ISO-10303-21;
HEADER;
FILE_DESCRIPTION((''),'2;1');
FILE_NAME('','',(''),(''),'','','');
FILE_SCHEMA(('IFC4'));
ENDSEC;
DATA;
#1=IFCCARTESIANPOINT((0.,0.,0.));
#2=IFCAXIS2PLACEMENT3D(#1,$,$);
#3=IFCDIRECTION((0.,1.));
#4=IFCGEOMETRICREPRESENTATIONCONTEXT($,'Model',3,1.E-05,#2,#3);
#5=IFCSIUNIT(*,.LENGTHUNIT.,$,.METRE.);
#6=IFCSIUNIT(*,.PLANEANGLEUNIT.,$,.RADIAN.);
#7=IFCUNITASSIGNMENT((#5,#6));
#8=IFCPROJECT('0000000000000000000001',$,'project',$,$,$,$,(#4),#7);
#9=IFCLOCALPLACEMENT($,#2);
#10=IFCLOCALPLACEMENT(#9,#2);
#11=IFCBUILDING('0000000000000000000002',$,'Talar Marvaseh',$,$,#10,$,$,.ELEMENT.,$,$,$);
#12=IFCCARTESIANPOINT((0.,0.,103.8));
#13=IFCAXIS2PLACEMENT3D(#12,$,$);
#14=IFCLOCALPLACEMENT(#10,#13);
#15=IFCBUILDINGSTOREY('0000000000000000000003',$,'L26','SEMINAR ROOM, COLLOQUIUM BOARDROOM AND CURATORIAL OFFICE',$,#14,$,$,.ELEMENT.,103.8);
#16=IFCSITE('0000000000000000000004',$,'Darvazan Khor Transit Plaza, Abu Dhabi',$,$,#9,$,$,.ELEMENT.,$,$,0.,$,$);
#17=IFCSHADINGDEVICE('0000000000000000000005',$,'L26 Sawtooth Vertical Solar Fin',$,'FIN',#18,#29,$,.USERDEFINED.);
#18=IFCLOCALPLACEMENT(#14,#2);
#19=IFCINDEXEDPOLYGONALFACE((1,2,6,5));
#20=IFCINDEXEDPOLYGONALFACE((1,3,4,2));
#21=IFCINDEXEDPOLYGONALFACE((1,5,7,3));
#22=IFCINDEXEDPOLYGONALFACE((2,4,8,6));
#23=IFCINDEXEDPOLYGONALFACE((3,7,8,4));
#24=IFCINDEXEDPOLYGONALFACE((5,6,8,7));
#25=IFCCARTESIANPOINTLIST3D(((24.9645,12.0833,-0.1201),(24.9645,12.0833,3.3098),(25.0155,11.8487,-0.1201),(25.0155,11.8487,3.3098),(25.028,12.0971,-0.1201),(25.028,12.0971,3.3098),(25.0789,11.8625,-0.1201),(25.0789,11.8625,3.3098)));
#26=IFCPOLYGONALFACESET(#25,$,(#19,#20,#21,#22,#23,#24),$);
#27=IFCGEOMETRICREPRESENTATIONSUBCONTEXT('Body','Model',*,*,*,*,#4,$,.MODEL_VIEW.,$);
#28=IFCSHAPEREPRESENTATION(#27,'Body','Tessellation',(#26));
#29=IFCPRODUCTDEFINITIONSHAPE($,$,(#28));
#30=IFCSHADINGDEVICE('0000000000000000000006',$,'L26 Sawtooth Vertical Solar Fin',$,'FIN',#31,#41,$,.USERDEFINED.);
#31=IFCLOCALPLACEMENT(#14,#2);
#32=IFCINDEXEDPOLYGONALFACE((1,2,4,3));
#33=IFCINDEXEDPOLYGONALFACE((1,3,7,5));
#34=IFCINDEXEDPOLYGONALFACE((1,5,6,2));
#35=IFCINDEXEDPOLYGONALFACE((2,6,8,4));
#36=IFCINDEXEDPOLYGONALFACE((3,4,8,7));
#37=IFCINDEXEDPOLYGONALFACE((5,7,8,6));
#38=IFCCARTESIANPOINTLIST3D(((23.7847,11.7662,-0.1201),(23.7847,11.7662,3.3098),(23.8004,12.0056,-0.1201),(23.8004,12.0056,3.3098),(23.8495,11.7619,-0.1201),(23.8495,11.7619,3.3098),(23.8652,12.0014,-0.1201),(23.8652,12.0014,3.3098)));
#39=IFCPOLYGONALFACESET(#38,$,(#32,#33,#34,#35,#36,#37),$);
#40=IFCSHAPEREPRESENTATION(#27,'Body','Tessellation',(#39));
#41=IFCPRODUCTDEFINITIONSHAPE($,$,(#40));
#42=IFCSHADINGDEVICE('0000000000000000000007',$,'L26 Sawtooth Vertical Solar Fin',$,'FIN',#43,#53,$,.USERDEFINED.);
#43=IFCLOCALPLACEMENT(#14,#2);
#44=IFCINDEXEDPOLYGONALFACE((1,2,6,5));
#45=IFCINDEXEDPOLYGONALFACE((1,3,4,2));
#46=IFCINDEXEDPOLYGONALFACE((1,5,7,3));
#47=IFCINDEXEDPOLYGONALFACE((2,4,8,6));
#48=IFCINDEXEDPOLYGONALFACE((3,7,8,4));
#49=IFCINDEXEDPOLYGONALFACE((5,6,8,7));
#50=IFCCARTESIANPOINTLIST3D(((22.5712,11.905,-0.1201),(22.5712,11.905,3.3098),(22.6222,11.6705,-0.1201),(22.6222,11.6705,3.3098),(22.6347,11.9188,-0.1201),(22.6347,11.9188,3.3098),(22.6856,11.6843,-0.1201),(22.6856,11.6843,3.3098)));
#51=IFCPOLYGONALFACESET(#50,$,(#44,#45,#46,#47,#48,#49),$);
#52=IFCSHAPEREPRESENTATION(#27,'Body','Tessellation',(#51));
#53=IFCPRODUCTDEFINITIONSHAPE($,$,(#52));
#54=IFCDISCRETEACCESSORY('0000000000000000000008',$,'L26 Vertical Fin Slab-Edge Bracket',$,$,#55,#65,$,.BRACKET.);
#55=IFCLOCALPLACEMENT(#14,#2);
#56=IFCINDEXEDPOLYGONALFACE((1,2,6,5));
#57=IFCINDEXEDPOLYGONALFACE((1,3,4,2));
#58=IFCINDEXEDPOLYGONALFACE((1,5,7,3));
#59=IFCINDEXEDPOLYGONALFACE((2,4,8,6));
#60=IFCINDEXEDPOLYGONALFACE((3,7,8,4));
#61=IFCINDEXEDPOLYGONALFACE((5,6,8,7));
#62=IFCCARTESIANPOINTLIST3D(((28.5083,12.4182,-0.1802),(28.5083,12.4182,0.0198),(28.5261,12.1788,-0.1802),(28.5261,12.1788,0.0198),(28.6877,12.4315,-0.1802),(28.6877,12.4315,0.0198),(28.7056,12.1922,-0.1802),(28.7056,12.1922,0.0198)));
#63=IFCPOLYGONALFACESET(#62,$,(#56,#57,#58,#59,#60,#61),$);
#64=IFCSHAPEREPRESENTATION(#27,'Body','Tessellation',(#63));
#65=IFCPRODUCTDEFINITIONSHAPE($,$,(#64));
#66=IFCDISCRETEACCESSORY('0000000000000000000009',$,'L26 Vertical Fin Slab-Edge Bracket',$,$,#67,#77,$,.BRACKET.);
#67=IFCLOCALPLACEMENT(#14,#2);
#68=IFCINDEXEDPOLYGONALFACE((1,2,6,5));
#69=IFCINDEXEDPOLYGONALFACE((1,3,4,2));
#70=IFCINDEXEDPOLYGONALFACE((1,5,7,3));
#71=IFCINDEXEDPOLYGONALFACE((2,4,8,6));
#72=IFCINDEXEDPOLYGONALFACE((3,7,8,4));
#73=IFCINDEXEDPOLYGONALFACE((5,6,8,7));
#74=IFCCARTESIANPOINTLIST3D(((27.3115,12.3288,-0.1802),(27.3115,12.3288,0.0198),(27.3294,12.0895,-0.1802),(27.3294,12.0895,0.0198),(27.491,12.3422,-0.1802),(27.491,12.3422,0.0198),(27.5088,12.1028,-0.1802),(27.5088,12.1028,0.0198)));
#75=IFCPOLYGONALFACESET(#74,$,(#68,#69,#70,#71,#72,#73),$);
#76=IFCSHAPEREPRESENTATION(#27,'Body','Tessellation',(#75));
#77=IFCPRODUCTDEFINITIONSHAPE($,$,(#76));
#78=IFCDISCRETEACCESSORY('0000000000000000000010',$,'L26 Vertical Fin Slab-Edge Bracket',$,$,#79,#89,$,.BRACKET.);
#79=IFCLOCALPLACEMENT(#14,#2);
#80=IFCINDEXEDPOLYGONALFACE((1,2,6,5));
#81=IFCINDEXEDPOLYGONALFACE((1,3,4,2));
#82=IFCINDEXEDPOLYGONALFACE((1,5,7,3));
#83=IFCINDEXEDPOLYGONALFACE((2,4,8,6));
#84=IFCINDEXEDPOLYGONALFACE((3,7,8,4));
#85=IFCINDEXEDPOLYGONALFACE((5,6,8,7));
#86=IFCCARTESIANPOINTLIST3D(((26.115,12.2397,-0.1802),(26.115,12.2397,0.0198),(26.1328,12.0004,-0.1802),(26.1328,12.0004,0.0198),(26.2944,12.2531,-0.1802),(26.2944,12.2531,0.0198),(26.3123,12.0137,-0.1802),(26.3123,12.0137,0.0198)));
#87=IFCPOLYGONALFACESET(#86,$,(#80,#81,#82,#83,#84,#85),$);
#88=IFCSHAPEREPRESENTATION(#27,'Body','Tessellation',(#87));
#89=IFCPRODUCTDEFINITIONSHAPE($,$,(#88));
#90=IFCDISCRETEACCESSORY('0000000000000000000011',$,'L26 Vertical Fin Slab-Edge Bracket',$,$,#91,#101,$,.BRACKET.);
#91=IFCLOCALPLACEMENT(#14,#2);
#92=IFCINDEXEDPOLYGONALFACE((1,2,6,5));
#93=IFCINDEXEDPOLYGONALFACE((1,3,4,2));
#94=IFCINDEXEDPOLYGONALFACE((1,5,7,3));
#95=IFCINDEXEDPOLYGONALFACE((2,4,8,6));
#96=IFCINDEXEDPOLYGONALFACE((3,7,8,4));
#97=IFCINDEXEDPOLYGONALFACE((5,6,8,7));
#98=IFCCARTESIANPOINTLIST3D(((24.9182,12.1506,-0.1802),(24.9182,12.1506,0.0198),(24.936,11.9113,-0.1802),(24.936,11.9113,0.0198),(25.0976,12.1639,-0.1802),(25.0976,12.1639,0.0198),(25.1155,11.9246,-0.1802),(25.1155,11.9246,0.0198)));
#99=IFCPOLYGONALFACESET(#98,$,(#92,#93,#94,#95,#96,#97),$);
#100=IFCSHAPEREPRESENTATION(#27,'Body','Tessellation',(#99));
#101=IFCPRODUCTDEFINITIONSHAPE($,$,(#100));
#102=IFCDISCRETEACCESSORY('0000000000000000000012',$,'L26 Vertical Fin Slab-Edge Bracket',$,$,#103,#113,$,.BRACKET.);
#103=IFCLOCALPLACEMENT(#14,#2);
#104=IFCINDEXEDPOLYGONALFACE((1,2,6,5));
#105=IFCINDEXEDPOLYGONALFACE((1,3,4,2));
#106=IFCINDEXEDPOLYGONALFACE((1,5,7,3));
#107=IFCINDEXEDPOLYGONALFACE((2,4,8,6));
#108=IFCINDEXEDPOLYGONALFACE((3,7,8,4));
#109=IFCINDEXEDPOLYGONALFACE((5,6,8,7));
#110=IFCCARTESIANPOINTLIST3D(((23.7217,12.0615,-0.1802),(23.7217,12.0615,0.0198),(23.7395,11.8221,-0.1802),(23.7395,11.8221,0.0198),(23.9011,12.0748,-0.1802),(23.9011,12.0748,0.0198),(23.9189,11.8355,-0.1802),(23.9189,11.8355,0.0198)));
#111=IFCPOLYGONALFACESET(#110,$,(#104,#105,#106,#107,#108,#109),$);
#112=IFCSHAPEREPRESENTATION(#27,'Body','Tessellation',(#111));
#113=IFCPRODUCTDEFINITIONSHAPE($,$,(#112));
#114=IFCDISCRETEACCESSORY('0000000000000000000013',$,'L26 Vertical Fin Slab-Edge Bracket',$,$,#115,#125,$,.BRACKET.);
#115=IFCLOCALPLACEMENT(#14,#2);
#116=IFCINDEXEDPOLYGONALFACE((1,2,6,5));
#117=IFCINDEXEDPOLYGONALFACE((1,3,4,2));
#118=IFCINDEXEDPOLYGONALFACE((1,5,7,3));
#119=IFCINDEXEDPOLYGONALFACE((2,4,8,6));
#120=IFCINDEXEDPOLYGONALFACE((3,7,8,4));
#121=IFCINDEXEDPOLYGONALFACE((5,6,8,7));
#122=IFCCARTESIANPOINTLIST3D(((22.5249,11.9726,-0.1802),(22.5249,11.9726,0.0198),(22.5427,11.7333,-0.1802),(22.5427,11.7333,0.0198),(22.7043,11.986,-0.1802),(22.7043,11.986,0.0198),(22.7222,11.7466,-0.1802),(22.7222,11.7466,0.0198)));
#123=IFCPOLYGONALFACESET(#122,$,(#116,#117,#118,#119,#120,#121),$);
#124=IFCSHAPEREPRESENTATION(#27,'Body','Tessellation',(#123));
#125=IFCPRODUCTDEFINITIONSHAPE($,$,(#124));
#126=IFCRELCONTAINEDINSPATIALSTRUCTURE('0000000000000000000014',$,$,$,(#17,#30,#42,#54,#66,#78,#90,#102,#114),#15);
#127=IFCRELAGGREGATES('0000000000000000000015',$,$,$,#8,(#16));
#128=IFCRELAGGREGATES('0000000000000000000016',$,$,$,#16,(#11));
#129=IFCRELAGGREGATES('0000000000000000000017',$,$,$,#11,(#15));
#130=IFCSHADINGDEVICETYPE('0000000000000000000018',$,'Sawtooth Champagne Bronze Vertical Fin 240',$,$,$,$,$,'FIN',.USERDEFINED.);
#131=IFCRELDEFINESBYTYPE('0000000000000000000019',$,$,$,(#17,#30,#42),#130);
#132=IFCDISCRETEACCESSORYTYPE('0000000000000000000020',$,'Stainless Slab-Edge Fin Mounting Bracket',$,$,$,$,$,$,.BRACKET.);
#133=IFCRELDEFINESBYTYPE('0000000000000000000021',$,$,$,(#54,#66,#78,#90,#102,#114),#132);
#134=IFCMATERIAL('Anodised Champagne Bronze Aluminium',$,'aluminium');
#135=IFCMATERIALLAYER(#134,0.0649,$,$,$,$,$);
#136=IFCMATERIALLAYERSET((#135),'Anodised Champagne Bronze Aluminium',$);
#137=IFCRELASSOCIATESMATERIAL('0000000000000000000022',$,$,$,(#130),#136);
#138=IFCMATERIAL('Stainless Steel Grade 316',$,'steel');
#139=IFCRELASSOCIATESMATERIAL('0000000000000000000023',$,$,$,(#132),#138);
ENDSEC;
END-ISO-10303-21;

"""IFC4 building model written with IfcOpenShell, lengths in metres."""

from ifc_helpers import new_model, si_unit, direction, frame, origin, origin_2d, place, context, subcontext, project, spatial, rectangle, extrude, source, transform, mapped, material, layer, layer_set, type_object, type_shapes, element, save


model = new_model("IFC4")

# Units and contexts
model_context = context("Model", 3, precision=1e-05, world=origin(), true_north=direction((0.0, 1.0)))
body_context = subcontext(model_context, "Body", "Model", "MODEL_VIEW")
ifc_project = project(units=[si_unit("LENGTHUNIT", "METRE"), si_unit("PLANEANGLEUNIT", "RADIAN")], contexts=[model_context])

# Site, building, storey
site_placement = place(None, origin())
site = spatial("IfcSite", under=ifc_project, at=site_placement, Name="Darvazan Khor Transit Plaza, Abu Dhabi", CompositionType="ELEMENT", RefElevation=0.0)
building_placement = place(site_placement, origin())
building = spatial("IfcBuilding", under=site, at=building_placement, Name="Talar Marvaseh", CompositionType="ELEMENT")
storey_placement = place(building_placement, frame((0.0, 0.0, 103.8)))
storey = spatial("IfcBuildingStorey", under=building, at=storey_placement, Name="L26", Description="SEMINAR ROOM, COLLOQUIUM BOARDROOM AND CURATORIAL OFFICE", CompositionType="ELEMENT", Elevation=103.8)

# Shading devices
ifc_material_1 = material(Name="Anodised Champagne Bronze Aluminium", Category="aluminium")
ifc_layer_1 = layer(ifc_material_1, 0.0649)
ifc_layer_set_1 = layer_set([ifc_layer_1], Name="Anodised Champagne Bronze Aluminium")
shading_device_type = type_object("IfcShadingDeviceType", Name="Sawtooth Champagne Bronze Vertical Fin 240", ElementType="FIN", PredefinedType="USERDEFINED", material=ifc_layer_set_1)
shared_shape_1 = source(origin(), body_context, "Body", "SweptSolid", [
    extrude(rectangle(XDim=0.24, YDim=0.0649, at=origin_2d()), origin(), (0.0, 0.0, 1.0), 3.4299),
])
type_shapes(shading_device_type, [shared_shape_1])
for number, where, z_axis, x_axis, name in (
    (1, (25.0217, 11.9729, -0.1201), (0.0, 0.0, 1.0), (0.212348, -0.977194, 0.0), "L26 Sawtooth Vertical Solar Fin"),
    (2, (23.825, 11.8838, -0.1201), (0.0, 0.0, 1.0), (-0.065229, -0.99787, 0.0), "L26 Sawtooth Vertical Solar Fin"),
    (3, (22.6284, 11.7947, -0.1201), (0.0, 0.0, 1.0), (0.212348, -0.977194, 0.0), "L26 Sawtooth Vertical Solar Fin"),
):
    element("IfcShadingDevice", number, at=place(storey_placement, frame(where, z_axis=z_axis, x_axis=x_axis)), inside=storey, type_object=shading_device_type, Name=name, ObjectType="FIN", PredefinedType="USERDEFINED", context=body_context, shape_type="MappedRepresentation", body=[
        mapped(shared_shape_1, transform((0.0, 0.0, 0.0), x_axis=(1.0, 0.0, 0.0), y_axis=(0.0, 1.0, 0.0), z_axis=(0.0, 0.0, 1.0), scale=1.0)),
    ])

# Discrete accessories
ifc_material_2 = material(Name="Stainless Steel Grade 316", Category="steel")
discrete_accessory_type = type_object("IfcDiscreteAccessoryType", Name="Stainless Slab-Edge Fin Mounting Bracket", PredefinedType="BRACKET", material=ifc_material_2)
shared_shape_2 = source(origin(), body_context, "Body", "SweptSolid", [
    extrude(rectangle(XDim=0.24, YDim=0.1799, at=origin_2d()), origin(), (0.0, 0.0, 1.0), 0.2),
])
type_shapes(discrete_accessory_type, [shared_shape_2])
for number, where, z_axis, x_axis, name in (
    (4, (28.6069, 12.3052, -0.1802), (0.0, 0.0, 1.0), (0.074283, -0.997237, 0.0), "L26 Vertical Fin Slab-Edge Bracket"),
    (5, (27.4102, 12.2158, -0.1802), (0.0, 0.0, 1.0), (0.074283, -0.997237, 0.0), "L26 Vertical Fin Slab-Edge Bracket"),
    (6, (26.2136, 12.1267, -0.1802), (0.0, 0.0, 1.0), (0.074283, -0.997237, 0.0), "L26 Vertical Fin Slab-Edge Bracket"),
    (7, (25.0168, 12.0376, -0.1802), (0.0, 0.0, 1.0), (0.074283, -0.997237, 0.0), "L26 Vertical Fin Slab-Edge Bracket"),
    (8, (23.8203, 11.9485, -0.1802), (0.0, 0.0, 1.0), (0.074283, -0.997237, 0.0), "L26 Vertical Fin Slab-Edge Bracket"),
    (9, (22.6235, 11.8596, -0.1802), (0.0, 0.0, 1.0), (0.074283, -0.997237, 0.0), "L26 Vertical Fin Slab-Edge Bracket"),
):
    element("IfcDiscreteAccessory", number, at=place(storey_placement, frame(where, z_axis=z_axis, x_axis=x_axis)), inside=storey, type_object=discrete_accessory_type, Name=name, PredefinedType="BRACKET", context=body_context, shape_type="MappedRepresentation", body=[
        mapped(shared_shape_2, transform((0.0, 0.0, 0.0), x_axis=(1.0, 0.0, 0.0), y_axis=(0.0, 1.0, 0.0), z_axis=(0.0, 0.0, 1.0), scale=1.0)),
    ])

save(model, "model.ifc")
